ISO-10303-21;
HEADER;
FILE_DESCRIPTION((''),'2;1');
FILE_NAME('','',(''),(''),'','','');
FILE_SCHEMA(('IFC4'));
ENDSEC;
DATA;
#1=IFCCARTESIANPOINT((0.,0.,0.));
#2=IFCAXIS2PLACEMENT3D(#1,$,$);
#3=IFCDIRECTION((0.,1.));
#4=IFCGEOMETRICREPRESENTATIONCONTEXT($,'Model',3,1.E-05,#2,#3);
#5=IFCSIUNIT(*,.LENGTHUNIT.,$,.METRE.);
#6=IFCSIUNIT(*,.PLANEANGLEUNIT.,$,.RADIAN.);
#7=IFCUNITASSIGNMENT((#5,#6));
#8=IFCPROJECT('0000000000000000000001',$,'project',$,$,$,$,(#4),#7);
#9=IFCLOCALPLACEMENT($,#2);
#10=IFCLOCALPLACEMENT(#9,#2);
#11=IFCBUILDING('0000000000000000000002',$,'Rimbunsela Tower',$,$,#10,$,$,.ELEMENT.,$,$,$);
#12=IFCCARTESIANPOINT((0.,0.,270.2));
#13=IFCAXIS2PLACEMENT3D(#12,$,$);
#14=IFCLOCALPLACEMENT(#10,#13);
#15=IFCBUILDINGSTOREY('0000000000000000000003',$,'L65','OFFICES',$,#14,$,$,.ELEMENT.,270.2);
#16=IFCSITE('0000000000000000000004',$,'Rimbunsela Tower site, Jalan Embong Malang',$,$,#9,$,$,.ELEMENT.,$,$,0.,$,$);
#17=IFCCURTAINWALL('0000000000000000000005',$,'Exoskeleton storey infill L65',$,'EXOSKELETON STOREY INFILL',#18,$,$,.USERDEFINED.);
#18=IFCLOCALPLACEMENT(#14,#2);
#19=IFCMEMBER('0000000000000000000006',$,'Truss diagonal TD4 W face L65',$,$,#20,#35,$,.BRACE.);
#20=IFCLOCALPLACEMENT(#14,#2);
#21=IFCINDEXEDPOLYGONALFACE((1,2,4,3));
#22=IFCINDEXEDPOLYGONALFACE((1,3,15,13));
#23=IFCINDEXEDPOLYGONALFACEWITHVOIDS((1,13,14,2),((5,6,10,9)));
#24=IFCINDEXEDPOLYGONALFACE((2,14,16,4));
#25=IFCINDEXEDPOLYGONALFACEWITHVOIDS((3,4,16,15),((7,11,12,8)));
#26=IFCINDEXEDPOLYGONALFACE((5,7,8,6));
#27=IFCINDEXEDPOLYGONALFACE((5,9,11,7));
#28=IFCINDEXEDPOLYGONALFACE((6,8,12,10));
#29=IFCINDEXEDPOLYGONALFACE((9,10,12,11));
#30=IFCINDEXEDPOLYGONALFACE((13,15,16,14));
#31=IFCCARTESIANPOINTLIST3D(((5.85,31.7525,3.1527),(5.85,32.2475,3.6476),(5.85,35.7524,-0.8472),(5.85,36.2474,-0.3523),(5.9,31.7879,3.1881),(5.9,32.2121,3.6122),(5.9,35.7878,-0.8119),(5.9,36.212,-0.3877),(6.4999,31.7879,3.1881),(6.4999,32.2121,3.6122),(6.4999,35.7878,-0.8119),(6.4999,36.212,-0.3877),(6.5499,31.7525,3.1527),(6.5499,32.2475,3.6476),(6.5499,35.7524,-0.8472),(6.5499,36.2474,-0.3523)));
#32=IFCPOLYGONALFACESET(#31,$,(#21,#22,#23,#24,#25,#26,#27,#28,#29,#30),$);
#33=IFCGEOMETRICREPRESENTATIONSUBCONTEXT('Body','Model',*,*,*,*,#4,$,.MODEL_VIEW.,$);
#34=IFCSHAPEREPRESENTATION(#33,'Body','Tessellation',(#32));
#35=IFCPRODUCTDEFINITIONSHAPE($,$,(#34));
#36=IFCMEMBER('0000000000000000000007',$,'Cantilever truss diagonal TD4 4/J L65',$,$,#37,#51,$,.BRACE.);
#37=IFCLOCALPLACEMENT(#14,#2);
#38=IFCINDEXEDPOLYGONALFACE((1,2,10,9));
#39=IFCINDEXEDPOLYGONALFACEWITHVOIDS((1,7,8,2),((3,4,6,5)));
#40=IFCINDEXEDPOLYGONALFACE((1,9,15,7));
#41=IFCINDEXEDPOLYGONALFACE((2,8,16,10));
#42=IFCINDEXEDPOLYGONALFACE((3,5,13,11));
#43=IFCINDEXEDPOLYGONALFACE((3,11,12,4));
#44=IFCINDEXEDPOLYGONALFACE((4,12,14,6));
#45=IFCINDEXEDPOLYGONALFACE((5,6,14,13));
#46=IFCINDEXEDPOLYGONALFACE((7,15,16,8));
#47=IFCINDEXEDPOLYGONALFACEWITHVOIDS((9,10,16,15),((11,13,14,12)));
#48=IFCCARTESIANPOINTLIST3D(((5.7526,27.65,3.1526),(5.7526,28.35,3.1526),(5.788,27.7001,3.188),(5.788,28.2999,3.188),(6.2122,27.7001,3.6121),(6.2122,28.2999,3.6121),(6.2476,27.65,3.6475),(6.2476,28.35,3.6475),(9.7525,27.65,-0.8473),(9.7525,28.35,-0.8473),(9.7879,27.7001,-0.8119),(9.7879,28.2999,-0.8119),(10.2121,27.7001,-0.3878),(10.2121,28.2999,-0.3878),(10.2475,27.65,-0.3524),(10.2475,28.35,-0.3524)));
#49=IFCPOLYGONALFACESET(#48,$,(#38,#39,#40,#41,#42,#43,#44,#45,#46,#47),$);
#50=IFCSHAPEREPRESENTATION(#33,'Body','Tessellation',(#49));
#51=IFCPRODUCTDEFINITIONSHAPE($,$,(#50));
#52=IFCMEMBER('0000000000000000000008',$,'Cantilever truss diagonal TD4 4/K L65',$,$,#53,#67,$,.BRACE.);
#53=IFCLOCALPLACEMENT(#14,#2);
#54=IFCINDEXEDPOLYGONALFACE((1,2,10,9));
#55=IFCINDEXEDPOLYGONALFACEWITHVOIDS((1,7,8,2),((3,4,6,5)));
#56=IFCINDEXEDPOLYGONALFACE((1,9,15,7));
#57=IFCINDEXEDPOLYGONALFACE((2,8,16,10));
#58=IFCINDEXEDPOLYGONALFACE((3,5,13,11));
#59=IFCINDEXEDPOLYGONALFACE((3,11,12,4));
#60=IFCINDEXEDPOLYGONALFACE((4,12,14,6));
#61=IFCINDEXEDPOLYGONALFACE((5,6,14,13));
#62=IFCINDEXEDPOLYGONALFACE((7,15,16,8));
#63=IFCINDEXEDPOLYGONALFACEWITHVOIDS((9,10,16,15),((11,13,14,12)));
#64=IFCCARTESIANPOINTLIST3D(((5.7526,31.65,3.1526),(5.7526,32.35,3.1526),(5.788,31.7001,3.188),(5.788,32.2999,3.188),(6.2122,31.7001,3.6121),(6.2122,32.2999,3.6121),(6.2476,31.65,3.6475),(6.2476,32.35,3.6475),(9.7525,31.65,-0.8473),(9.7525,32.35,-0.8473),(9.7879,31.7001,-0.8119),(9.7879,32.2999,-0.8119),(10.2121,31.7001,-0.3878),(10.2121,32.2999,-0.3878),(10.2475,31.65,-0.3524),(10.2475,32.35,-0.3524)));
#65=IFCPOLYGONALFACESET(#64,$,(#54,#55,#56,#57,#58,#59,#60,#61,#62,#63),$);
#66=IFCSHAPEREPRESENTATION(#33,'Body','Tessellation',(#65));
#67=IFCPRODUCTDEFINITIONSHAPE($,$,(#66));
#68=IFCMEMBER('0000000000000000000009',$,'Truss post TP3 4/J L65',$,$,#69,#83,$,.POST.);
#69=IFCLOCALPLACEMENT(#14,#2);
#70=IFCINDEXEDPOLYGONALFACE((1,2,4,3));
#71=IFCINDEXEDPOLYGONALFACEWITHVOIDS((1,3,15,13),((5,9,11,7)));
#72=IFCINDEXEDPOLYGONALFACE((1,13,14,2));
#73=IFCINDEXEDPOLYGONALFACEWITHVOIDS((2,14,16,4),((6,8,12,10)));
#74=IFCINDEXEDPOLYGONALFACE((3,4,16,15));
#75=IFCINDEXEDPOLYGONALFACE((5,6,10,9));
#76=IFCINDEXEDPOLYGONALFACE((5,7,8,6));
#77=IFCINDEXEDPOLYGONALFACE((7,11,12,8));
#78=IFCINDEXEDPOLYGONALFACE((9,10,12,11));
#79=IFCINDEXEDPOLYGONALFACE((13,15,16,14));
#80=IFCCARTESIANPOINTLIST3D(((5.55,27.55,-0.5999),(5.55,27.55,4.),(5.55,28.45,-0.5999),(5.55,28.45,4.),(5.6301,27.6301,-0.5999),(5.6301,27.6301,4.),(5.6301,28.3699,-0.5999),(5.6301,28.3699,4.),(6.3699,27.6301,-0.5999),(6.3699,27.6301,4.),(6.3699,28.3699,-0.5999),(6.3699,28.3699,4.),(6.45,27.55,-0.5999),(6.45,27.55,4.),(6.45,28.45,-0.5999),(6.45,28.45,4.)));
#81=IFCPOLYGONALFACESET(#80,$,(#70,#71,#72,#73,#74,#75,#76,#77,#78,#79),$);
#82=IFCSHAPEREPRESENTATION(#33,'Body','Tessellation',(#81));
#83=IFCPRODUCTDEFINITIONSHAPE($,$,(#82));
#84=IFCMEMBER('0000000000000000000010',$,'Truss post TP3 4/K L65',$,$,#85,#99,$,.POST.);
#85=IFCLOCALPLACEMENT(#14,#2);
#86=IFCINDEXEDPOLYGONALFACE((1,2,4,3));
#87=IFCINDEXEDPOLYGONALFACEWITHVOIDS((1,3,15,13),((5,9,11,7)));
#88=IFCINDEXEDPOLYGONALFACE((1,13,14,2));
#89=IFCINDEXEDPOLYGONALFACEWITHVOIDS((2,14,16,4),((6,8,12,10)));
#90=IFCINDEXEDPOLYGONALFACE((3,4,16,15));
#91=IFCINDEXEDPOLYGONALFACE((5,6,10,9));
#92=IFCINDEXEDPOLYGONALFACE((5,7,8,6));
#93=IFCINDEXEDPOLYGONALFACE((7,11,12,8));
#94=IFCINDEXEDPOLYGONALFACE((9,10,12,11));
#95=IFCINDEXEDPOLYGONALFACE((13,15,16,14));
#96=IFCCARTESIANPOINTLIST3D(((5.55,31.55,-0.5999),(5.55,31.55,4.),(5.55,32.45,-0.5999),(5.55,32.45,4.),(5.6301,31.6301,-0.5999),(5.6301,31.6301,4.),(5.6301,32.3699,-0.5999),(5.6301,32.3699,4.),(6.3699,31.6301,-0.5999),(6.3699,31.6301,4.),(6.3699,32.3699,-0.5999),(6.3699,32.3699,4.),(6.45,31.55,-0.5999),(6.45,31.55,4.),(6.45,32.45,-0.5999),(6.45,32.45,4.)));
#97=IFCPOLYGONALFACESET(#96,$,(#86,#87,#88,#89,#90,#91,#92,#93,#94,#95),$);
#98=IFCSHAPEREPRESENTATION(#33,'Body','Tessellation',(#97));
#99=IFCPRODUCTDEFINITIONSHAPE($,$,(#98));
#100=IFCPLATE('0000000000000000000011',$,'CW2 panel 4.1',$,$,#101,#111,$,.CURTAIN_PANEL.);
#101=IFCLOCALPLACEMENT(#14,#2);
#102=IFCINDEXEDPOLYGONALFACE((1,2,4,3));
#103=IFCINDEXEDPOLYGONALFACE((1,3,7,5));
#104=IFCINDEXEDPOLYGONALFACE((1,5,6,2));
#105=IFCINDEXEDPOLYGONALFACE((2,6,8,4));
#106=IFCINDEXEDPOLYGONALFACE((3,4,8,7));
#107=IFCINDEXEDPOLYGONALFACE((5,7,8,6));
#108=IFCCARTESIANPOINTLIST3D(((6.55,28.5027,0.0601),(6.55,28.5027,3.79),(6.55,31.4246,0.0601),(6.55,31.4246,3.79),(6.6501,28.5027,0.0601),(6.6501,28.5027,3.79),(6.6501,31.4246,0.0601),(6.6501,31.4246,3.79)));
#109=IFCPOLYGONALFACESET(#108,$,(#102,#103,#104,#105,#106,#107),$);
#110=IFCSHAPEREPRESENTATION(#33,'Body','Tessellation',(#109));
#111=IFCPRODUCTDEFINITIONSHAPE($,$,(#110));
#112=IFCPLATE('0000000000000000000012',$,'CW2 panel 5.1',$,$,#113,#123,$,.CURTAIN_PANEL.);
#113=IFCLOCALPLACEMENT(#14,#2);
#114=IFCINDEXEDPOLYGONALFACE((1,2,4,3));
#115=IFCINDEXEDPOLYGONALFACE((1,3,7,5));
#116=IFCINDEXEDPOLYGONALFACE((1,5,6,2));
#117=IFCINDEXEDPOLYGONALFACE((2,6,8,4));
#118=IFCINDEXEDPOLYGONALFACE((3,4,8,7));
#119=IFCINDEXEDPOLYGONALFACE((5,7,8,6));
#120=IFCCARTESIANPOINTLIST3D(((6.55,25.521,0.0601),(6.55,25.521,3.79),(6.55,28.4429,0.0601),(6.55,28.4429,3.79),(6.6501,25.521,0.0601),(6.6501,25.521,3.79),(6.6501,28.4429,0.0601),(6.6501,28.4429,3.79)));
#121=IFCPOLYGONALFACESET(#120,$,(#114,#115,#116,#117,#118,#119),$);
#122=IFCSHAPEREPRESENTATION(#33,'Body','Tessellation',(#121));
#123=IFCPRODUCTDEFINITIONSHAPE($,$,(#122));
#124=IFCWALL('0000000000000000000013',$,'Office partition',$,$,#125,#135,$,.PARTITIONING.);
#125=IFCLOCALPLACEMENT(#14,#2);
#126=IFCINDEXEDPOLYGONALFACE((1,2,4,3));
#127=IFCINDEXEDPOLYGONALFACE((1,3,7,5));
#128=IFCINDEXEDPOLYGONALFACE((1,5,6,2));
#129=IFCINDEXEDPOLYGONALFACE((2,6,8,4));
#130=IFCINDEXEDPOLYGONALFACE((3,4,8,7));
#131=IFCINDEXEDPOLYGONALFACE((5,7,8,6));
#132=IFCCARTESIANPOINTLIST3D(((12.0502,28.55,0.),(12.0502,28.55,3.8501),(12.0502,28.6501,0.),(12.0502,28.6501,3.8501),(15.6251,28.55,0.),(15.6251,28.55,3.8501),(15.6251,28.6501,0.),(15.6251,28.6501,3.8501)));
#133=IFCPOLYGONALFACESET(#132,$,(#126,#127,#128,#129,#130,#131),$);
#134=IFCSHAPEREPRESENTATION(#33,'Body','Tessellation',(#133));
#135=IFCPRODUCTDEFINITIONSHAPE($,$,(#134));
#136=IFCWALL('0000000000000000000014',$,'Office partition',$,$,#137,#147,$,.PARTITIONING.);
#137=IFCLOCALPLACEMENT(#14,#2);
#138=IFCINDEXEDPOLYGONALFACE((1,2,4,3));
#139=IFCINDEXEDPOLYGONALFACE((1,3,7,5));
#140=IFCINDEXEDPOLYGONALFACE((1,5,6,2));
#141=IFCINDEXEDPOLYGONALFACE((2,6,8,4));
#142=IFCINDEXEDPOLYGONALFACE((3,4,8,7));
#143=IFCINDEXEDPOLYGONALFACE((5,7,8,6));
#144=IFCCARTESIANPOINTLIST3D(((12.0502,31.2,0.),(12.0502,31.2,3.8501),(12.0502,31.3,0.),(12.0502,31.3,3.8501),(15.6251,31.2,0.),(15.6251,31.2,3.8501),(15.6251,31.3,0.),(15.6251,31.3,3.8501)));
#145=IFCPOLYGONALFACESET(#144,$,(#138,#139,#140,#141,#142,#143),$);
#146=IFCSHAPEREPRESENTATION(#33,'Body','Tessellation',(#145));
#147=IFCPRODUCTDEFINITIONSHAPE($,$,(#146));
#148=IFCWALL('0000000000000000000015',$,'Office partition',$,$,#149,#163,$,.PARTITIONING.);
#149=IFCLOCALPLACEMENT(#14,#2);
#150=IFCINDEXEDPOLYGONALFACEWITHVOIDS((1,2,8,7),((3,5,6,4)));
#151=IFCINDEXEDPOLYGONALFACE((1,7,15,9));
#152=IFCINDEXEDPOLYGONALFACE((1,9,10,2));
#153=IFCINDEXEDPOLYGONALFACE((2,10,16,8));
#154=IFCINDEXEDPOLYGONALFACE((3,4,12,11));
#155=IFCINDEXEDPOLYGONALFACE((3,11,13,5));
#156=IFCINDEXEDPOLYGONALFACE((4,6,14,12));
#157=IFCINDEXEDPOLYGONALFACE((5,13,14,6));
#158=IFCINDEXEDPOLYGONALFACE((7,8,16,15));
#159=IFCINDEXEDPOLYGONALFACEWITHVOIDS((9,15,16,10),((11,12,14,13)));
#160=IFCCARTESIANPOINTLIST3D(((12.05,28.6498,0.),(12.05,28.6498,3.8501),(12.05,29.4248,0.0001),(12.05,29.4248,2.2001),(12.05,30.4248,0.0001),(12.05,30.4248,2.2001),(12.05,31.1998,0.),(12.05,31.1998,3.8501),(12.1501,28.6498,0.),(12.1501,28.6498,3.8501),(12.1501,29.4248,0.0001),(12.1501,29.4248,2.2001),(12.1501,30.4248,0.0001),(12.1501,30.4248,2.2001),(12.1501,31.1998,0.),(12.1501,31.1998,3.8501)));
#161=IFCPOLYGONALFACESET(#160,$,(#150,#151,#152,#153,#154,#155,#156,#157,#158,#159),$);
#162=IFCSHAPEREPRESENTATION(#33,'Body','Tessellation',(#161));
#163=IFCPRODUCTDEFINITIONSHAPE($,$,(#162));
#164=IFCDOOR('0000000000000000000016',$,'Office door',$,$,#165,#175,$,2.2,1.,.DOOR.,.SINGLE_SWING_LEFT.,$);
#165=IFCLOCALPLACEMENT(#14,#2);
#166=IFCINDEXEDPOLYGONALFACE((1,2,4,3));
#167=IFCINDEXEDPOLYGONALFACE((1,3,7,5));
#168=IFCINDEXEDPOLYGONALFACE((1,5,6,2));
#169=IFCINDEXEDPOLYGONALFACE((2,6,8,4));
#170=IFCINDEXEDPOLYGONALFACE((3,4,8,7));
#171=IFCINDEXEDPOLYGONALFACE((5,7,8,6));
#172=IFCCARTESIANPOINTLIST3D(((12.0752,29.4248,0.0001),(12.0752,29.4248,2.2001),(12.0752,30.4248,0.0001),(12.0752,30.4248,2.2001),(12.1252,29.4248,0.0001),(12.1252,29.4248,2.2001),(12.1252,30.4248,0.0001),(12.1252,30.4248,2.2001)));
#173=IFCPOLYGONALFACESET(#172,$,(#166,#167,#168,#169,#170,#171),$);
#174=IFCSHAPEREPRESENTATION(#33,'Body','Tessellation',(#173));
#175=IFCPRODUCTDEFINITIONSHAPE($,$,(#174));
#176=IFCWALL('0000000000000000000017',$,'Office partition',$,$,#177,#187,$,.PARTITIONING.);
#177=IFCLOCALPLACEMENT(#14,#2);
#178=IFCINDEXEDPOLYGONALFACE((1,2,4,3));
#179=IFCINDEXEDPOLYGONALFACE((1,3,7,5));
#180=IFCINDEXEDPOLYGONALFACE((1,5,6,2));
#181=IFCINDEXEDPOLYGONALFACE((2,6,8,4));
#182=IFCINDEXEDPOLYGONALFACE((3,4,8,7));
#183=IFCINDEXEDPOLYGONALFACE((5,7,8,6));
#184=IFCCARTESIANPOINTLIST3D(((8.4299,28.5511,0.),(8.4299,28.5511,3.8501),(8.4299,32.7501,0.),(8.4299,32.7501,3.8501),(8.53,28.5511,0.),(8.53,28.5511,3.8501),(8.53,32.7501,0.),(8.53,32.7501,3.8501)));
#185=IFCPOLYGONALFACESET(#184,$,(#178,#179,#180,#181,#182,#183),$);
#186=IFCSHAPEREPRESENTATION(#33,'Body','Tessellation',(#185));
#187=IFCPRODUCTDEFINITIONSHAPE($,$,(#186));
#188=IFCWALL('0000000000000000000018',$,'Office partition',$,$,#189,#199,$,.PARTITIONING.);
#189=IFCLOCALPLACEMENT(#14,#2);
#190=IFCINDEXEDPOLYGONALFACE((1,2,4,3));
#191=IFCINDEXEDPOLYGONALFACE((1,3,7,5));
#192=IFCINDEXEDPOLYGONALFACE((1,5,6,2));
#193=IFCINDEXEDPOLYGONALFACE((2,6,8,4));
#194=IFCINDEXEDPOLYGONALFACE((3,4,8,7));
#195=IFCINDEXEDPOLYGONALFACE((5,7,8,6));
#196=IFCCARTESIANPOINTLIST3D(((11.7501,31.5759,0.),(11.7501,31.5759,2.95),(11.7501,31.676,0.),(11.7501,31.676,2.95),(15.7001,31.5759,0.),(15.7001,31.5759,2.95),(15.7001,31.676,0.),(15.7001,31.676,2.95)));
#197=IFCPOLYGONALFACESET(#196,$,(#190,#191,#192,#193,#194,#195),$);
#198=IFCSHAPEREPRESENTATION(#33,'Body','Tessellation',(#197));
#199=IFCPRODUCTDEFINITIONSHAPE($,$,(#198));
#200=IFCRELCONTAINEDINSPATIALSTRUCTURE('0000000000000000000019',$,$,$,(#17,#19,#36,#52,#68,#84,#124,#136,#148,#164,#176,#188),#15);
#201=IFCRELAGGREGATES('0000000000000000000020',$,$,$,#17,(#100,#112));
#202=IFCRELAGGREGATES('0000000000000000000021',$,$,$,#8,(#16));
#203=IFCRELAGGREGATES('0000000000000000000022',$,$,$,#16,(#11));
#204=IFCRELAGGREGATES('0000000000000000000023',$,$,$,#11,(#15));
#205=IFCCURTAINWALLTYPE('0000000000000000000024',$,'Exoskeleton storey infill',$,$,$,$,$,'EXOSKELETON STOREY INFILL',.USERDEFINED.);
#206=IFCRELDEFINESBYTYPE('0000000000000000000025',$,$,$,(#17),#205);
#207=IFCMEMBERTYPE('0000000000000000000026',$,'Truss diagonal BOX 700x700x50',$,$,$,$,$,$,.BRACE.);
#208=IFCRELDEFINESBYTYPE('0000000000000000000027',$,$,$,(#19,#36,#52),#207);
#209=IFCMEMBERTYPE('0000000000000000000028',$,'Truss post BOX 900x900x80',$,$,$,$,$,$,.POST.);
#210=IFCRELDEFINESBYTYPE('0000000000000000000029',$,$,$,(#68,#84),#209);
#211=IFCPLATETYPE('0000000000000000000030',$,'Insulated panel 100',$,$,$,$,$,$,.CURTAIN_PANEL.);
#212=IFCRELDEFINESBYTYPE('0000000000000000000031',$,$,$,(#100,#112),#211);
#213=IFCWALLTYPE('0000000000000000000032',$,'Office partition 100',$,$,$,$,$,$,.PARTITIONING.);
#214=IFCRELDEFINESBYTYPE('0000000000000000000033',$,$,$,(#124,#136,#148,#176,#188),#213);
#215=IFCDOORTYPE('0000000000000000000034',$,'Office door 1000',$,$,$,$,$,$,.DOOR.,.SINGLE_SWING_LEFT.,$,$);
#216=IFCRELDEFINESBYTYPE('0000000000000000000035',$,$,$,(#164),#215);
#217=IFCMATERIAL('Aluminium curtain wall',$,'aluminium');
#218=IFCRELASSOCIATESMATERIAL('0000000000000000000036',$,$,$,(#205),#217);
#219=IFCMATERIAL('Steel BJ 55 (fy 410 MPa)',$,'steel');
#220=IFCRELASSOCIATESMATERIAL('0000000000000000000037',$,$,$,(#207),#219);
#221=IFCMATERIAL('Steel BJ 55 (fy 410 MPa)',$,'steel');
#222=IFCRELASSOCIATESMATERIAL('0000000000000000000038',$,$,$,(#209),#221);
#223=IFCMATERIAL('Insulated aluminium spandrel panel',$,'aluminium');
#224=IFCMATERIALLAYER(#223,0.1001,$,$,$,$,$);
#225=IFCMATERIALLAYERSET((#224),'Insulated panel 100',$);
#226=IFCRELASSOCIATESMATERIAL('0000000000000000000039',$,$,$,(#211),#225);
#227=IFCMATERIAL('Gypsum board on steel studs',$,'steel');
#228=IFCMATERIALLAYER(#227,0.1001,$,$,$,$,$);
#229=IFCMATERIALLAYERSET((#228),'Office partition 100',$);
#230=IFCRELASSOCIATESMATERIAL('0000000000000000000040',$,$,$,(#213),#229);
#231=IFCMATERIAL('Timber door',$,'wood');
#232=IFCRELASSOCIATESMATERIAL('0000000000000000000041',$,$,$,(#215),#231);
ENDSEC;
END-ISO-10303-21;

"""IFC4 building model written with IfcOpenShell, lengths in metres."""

from ifc_helpers import new_model, si_unit, direction, frame, frame_2d, origin, origin_2d, place, context, subcontext, project, spatial, rectangle, hollow_rectangle, extrude, material, layer, layer_set, material_profile, profile_set, type_object, element, fill, aggregate, save


model = new_model("IFC4")

# Units and contexts
model_context = context("Model", 3, precision=1e-05, world=origin(), true_north=direction((0.0, 1.0)))
body_context = subcontext(model_context, "Body", "Model", "MODEL_VIEW")
ifc_project = project(units=[si_unit("LENGTHUNIT", "METRE"), si_unit("PLANEANGLEUNIT", "RADIAN")], contexts=[model_context])

# Site, building, storey
site_placement = place(None, origin())
site = spatial("IfcSite", under=ifc_project, at=site_placement, Name="Rimbunsela Tower site, Jalan Embong Malang", CompositionType="ELEMENT", RefElevation=0.0)
building_placement = place(site_placement, origin())
building = spatial("IfcBuilding", under=site, at=building_placement, Name="Rimbunsela Tower", CompositionType="ELEMENT")
storey_placement = place(building_placement, frame((0.0, 0.0, 270.2)))
storey = spatial("IfcBuildingStorey", under=building, at=storey_placement, Name="L65", Description="OFFICES", CompositionType="ELEMENT", Elevation=270.2)

# Curtain wall
ifc_material_1 = material(Name="Aluminium curtain wall", Category="aluminium")
curtain_wall_type = type_object("IfcCurtainWallType", Name="Exoskeleton storey infill", ElementType="EXOSKELETON STOREY INFILL", PredefinedType="USERDEFINED", material=ifc_material_1)
curtain_wall_placement = place(storey_placement, origin())
curtain_wall = element("IfcCurtainWall", 1, at=curtain_wall_placement, inside=storey, type_object=curtain_wall_type, Name="Exoskeleton storey infill L65", ObjectType="EXOSKELETON STOREY INFILL", PredefinedType="USERDEFINED")

# Members
ifc_material_2 = material(Name="Steel BJ 55 (fy 410 MPa)", Category="steel")
ifc_material_profile_1 = material_profile(ifc_material_2, hollow_rectangle(XDim=0.7, YDim=0.7, WallThickness=0.05, at=origin_2d()), Name="BOX 700x700x50")
ifc_profile_set_1 = profile_set([ifc_material_profile_1], Name="Steel BJ 55 (fy 410 MPa)")
member_type_1 = type_object("IfcMemberType", Name="Truss diagonal BOX 700x700x50", PredefinedType="BRACE", material=ifc_profile_set_1)
for number, where, z_axis, x_axis, name in (
    (2, (6.2, 32.0, 3.4001), (0.0, 0.707107, -0.707107), (-1.0, 0.0, 0.0), "Truss diagonal TD4 W face L65"),
    (3, (10.0, 28.0, -0.5999), (-0.707107, 0.0, 0.707107), (0.0, -1.0, 0.0), "Cantilever truss diagonal TD4 4/J L65"),
    (4, (10.0, 32.0, -0.5999), (-0.707107, 0.0, 0.707107), (0.0, -1.0, 0.0), "Cantilever truss diagonal TD4 4/K L65"),
):
    element("IfcMember", number, at=place(storey_placement, frame(where, z_axis=z_axis, x_axis=x_axis)), inside=storey, type_object=member_type_1, Name=name, PredefinedType="BRACE", context=body_context, shape_type="SweptSolid", body=[
        extrude(hollow_rectangle(XDim=0.7, YDim=0.7, WallThickness=0.05, at=origin_2d()), origin(), (0.0, 0.0, 1.0), 5.6567),
    ])
ifc_material_3 = material(Name="Steel BJ 55 (fy 410 MPa)", Category="steel")
ifc_material_profile_2 = material_profile(ifc_material_3, hollow_rectangle(XDim=0.8999, YDim=0.8999, WallThickness=0.0801, at=origin_2d()), Name="BOX 900x900x80")
ifc_profile_set_2 = profile_set([ifc_material_profile_2], Name="Steel BJ 55 (fy 410 MPa)")
member_type_2 = type_object("IfcMemberType", Name="Truss post BOX 900x900x80", PredefinedType="POST", material=ifc_profile_set_2)
for number, where, z_axis, x_axis, name in (
    (5, (6.0, 28.0, -0.5999), (0.0, 0.0, 1.0), (1.0, 0.0, 0.0), "Truss post TP3 4/J L65"),
    (6, (6.0, 32.0, -0.5999), (0.0, 0.0, 1.0), (1.0, 0.0, 0.0), "Truss post TP3 4/K L65"),
):
    element("IfcMember", number, at=place(storey_placement, frame(where, z_axis=z_axis, x_axis=x_axis)), inside=storey, type_object=member_type_2, Name=name, PredefinedType="POST", context=body_context, shape_type="SweptSolid", body=[
        extrude(hollow_rectangle(XDim=0.8999, YDim=0.8999, WallThickness=0.0801, at=origin_2d()), origin(), (0.0, 0.0, 1.0), 4.5999),
    ])

# Plates
ifc_material_4 = material(Name="Insulated aluminium spandrel panel", Category="aluminium")
ifc_layer_1 = layer(ifc_material_4, 0.1001)
ifc_layer_set_1 = layer_set([ifc_layer_1], Name="Insulated panel 100")
plate_type = type_object("IfcPlateType", Name="Insulated panel 100", PredefinedType="CURTAIN_PANEL", material=ifc_layer_set_1)
plate_1_placement = place(storey_placement, frame((6.6001, 29.9636, 0.0601), z_axis=(0.0, 0.0, 1.0), x_axis=(0.0, -1.0, 0.0)))
plate_1 = element("IfcPlate", 7, at=plate_1_placement, type_object=plate_type, Name="CW2 panel 4.1", PredefinedType="CURTAIN_PANEL", context=body_context, shape_type="SweptSolid", body=[
    extrude(rectangle(XDim=2.9219, YDim=0.1001, at=origin_2d()), origin(), (0.0, 0.0, 1.0), 3.73),
])
plate_2_placement = place(storey_placement, frame((6.6001, 26.9819, 0.0601), z_axis=(0.0, 0.0, 1.0), x_axis=(0.0, -1.0, 0.0)))
plate_2 = element("IfcPlate", 8, at=plate_2_placement, type_object=plate_type, Name="CW2 panel 5.1", PredefinedType="CURTAIN_PANEL", context=body_context, shape_type="SweptSolid", body=[
    extrude(rectangle(XDim=2.9219, YDim=0.1001, at=origin_2d()), origin(), (0.0, 0.0, 1.0), 3.73),
])
aggregate(curtain_wall, [plate_1, plate_2])

# Walls
ifc_material_5 = material(Name="Gypsum board on steel studs", Category="steel")
ifc_layer_2 = layer(ifc_material_5, 0.1001)
ifc_layer_set_2 = layer_set([ifc_layer_2], Name="Office partition 100")
wall_type_1 = type_object("IfcWallType", Name="Office partition 100", PredefinedType="PARTITIONING", material=ifc_layer_set_2)
for number, where, z_axis, x_axis, name in (
    (9, (12.05, 28.6001, 0.0), (0.0, 0.0, 1.0), (1.0, 0.0, 0.0), "Office partition"),
    (10, (12.05, 31.25, 0.0), (0.0, 0.0, 1.0), (1.0, 0.0, 0.0), "Office partition"),
):
    element("IfcWall", number, at=place(storey_placement, frame(where, z_axis=z_axis, x_axis=x_axis)), inside=storey, type_object=wall_type_1, Name=name, PredefinedType="PARTITIONING", context=body_context, shape_type="SweptSolid", body=[
        extrude(rectangle(XDim=3.575, YDim=0.1001, at=frame_2d((1.7876, 0.0))), origin(), (0.0, 0.0, 1.0), 3.8501),
    ])

# Wall, opening, door
wall_1_placement = place(storey_placement, frame((12.1001, 28.6499, 0.0), z_axis=(0.0, 0.0, 1.0), x_axis=(0.0, 1.0, 0.0)))
wall_1 = element("IfcWall", 11, at=wall_1_placement, inside=storey, type_object=wall_type_1, Name="Office partition", PredefinedType="PARTITIONING", context=body_context, shape_type="SweptSolid", body=[
    extrude(rectangle(XDim=2.55, YDim=0.1001, at=frame_2d((1.2749, 0.0))), origin(), (0.0, 0.0, 1.0), 3.8501),
])
opening_placement = place(wall_1_placement, frame((0.7749, 0.0, 0.0)))
opening = element("IfcOpeningElement", 12, at=opening_placement, cuts=wall_1, PredefinedType="OPENING", context=body_context, shape_type="SweptSolid", body=[
    extrude(rectangle(XDim=1.0, YDim=2.2, at=frame_2d((0.5, 1.1001))), frame((0.0, 0.0601, 0.0), z_axis=(0.0, -1.0, 0.0), x_axis=(1.0, 0.0, 0.0)), (0.0, 0.0, 1.0), 0.1201),
])
ifc_material_6 = material(Name="Timber door", Category="wood")
door_type = type_object("IfcDoorType", Name="Office door 1000", OperationType="SINGLE_SWING_LEFT", PredefinedType="DOOR", material=ifc_material_6)
door_placement = place(opening_placement, origin())
door = element("IfcDoor", 13, at=door_placement, inside=storey, type_object=door_type, Name="Office door", OperationType="SINGLE_SWING_LEFT", OverallHeight=2.2, OverallWidth=1.0, PredefinedType="DOOR", context=body_context, shape_type="SweptSolid", body=[
    extrude(rectangle(XDim=1.0, YDim=2.2, at=frame_2d((0.5, 1.1001))), frame((0.0, 0.0249, 0.0), z_axis=(0.0, -1.0, 0.0), x_axis=(1.0, 0.0, 0.0)), (0.0, 0.0, 1.0), 0.05),
])
fill(opening, door)

# Walls
wall_2_placement = place(storey_placement, frame((8.48, 28.551, 0.0), z_axis=(0.0, 0.0, 1.0), x_axis=(0.0, 1.0, 0.0)))
element("IfcWall", 14, at=wall_2_placement, inside=storey, type_object=wall_type_1, Name="Office partition", PredefinedType="PARTITIONING", context=body_context, shape_type="SweptSolid", body=[
    extrude(rectangle(XDim=4.199, YDim=0.1001, at=frame_2d((2.0996, 0.0))), origin(), (0.0, 0.0, 1.0), 3.8501),
])
wall_3_placement = place(storey_placement, frame((11.75, 31.626, 0.0), z_axis=(0.0, 0.0, 1.0), x_axis=(1.0, 0.0, 0.0)))
element("IfcWall", 15, at=wall_3_placement, inside=storey, type_object=wall_type_1, Name="Office partition", PredefinedType="PARTITIONING", context=body_context, shape_type="SweptSolid", body=[
    extrude(rectangle(XDim=3.95, YDim=0.1001, at=frame_2d((1.9751, 0.0))), origin(), (0.0, 0.0, 1.0), 2.95),
])

save(model, "model.ifc")
